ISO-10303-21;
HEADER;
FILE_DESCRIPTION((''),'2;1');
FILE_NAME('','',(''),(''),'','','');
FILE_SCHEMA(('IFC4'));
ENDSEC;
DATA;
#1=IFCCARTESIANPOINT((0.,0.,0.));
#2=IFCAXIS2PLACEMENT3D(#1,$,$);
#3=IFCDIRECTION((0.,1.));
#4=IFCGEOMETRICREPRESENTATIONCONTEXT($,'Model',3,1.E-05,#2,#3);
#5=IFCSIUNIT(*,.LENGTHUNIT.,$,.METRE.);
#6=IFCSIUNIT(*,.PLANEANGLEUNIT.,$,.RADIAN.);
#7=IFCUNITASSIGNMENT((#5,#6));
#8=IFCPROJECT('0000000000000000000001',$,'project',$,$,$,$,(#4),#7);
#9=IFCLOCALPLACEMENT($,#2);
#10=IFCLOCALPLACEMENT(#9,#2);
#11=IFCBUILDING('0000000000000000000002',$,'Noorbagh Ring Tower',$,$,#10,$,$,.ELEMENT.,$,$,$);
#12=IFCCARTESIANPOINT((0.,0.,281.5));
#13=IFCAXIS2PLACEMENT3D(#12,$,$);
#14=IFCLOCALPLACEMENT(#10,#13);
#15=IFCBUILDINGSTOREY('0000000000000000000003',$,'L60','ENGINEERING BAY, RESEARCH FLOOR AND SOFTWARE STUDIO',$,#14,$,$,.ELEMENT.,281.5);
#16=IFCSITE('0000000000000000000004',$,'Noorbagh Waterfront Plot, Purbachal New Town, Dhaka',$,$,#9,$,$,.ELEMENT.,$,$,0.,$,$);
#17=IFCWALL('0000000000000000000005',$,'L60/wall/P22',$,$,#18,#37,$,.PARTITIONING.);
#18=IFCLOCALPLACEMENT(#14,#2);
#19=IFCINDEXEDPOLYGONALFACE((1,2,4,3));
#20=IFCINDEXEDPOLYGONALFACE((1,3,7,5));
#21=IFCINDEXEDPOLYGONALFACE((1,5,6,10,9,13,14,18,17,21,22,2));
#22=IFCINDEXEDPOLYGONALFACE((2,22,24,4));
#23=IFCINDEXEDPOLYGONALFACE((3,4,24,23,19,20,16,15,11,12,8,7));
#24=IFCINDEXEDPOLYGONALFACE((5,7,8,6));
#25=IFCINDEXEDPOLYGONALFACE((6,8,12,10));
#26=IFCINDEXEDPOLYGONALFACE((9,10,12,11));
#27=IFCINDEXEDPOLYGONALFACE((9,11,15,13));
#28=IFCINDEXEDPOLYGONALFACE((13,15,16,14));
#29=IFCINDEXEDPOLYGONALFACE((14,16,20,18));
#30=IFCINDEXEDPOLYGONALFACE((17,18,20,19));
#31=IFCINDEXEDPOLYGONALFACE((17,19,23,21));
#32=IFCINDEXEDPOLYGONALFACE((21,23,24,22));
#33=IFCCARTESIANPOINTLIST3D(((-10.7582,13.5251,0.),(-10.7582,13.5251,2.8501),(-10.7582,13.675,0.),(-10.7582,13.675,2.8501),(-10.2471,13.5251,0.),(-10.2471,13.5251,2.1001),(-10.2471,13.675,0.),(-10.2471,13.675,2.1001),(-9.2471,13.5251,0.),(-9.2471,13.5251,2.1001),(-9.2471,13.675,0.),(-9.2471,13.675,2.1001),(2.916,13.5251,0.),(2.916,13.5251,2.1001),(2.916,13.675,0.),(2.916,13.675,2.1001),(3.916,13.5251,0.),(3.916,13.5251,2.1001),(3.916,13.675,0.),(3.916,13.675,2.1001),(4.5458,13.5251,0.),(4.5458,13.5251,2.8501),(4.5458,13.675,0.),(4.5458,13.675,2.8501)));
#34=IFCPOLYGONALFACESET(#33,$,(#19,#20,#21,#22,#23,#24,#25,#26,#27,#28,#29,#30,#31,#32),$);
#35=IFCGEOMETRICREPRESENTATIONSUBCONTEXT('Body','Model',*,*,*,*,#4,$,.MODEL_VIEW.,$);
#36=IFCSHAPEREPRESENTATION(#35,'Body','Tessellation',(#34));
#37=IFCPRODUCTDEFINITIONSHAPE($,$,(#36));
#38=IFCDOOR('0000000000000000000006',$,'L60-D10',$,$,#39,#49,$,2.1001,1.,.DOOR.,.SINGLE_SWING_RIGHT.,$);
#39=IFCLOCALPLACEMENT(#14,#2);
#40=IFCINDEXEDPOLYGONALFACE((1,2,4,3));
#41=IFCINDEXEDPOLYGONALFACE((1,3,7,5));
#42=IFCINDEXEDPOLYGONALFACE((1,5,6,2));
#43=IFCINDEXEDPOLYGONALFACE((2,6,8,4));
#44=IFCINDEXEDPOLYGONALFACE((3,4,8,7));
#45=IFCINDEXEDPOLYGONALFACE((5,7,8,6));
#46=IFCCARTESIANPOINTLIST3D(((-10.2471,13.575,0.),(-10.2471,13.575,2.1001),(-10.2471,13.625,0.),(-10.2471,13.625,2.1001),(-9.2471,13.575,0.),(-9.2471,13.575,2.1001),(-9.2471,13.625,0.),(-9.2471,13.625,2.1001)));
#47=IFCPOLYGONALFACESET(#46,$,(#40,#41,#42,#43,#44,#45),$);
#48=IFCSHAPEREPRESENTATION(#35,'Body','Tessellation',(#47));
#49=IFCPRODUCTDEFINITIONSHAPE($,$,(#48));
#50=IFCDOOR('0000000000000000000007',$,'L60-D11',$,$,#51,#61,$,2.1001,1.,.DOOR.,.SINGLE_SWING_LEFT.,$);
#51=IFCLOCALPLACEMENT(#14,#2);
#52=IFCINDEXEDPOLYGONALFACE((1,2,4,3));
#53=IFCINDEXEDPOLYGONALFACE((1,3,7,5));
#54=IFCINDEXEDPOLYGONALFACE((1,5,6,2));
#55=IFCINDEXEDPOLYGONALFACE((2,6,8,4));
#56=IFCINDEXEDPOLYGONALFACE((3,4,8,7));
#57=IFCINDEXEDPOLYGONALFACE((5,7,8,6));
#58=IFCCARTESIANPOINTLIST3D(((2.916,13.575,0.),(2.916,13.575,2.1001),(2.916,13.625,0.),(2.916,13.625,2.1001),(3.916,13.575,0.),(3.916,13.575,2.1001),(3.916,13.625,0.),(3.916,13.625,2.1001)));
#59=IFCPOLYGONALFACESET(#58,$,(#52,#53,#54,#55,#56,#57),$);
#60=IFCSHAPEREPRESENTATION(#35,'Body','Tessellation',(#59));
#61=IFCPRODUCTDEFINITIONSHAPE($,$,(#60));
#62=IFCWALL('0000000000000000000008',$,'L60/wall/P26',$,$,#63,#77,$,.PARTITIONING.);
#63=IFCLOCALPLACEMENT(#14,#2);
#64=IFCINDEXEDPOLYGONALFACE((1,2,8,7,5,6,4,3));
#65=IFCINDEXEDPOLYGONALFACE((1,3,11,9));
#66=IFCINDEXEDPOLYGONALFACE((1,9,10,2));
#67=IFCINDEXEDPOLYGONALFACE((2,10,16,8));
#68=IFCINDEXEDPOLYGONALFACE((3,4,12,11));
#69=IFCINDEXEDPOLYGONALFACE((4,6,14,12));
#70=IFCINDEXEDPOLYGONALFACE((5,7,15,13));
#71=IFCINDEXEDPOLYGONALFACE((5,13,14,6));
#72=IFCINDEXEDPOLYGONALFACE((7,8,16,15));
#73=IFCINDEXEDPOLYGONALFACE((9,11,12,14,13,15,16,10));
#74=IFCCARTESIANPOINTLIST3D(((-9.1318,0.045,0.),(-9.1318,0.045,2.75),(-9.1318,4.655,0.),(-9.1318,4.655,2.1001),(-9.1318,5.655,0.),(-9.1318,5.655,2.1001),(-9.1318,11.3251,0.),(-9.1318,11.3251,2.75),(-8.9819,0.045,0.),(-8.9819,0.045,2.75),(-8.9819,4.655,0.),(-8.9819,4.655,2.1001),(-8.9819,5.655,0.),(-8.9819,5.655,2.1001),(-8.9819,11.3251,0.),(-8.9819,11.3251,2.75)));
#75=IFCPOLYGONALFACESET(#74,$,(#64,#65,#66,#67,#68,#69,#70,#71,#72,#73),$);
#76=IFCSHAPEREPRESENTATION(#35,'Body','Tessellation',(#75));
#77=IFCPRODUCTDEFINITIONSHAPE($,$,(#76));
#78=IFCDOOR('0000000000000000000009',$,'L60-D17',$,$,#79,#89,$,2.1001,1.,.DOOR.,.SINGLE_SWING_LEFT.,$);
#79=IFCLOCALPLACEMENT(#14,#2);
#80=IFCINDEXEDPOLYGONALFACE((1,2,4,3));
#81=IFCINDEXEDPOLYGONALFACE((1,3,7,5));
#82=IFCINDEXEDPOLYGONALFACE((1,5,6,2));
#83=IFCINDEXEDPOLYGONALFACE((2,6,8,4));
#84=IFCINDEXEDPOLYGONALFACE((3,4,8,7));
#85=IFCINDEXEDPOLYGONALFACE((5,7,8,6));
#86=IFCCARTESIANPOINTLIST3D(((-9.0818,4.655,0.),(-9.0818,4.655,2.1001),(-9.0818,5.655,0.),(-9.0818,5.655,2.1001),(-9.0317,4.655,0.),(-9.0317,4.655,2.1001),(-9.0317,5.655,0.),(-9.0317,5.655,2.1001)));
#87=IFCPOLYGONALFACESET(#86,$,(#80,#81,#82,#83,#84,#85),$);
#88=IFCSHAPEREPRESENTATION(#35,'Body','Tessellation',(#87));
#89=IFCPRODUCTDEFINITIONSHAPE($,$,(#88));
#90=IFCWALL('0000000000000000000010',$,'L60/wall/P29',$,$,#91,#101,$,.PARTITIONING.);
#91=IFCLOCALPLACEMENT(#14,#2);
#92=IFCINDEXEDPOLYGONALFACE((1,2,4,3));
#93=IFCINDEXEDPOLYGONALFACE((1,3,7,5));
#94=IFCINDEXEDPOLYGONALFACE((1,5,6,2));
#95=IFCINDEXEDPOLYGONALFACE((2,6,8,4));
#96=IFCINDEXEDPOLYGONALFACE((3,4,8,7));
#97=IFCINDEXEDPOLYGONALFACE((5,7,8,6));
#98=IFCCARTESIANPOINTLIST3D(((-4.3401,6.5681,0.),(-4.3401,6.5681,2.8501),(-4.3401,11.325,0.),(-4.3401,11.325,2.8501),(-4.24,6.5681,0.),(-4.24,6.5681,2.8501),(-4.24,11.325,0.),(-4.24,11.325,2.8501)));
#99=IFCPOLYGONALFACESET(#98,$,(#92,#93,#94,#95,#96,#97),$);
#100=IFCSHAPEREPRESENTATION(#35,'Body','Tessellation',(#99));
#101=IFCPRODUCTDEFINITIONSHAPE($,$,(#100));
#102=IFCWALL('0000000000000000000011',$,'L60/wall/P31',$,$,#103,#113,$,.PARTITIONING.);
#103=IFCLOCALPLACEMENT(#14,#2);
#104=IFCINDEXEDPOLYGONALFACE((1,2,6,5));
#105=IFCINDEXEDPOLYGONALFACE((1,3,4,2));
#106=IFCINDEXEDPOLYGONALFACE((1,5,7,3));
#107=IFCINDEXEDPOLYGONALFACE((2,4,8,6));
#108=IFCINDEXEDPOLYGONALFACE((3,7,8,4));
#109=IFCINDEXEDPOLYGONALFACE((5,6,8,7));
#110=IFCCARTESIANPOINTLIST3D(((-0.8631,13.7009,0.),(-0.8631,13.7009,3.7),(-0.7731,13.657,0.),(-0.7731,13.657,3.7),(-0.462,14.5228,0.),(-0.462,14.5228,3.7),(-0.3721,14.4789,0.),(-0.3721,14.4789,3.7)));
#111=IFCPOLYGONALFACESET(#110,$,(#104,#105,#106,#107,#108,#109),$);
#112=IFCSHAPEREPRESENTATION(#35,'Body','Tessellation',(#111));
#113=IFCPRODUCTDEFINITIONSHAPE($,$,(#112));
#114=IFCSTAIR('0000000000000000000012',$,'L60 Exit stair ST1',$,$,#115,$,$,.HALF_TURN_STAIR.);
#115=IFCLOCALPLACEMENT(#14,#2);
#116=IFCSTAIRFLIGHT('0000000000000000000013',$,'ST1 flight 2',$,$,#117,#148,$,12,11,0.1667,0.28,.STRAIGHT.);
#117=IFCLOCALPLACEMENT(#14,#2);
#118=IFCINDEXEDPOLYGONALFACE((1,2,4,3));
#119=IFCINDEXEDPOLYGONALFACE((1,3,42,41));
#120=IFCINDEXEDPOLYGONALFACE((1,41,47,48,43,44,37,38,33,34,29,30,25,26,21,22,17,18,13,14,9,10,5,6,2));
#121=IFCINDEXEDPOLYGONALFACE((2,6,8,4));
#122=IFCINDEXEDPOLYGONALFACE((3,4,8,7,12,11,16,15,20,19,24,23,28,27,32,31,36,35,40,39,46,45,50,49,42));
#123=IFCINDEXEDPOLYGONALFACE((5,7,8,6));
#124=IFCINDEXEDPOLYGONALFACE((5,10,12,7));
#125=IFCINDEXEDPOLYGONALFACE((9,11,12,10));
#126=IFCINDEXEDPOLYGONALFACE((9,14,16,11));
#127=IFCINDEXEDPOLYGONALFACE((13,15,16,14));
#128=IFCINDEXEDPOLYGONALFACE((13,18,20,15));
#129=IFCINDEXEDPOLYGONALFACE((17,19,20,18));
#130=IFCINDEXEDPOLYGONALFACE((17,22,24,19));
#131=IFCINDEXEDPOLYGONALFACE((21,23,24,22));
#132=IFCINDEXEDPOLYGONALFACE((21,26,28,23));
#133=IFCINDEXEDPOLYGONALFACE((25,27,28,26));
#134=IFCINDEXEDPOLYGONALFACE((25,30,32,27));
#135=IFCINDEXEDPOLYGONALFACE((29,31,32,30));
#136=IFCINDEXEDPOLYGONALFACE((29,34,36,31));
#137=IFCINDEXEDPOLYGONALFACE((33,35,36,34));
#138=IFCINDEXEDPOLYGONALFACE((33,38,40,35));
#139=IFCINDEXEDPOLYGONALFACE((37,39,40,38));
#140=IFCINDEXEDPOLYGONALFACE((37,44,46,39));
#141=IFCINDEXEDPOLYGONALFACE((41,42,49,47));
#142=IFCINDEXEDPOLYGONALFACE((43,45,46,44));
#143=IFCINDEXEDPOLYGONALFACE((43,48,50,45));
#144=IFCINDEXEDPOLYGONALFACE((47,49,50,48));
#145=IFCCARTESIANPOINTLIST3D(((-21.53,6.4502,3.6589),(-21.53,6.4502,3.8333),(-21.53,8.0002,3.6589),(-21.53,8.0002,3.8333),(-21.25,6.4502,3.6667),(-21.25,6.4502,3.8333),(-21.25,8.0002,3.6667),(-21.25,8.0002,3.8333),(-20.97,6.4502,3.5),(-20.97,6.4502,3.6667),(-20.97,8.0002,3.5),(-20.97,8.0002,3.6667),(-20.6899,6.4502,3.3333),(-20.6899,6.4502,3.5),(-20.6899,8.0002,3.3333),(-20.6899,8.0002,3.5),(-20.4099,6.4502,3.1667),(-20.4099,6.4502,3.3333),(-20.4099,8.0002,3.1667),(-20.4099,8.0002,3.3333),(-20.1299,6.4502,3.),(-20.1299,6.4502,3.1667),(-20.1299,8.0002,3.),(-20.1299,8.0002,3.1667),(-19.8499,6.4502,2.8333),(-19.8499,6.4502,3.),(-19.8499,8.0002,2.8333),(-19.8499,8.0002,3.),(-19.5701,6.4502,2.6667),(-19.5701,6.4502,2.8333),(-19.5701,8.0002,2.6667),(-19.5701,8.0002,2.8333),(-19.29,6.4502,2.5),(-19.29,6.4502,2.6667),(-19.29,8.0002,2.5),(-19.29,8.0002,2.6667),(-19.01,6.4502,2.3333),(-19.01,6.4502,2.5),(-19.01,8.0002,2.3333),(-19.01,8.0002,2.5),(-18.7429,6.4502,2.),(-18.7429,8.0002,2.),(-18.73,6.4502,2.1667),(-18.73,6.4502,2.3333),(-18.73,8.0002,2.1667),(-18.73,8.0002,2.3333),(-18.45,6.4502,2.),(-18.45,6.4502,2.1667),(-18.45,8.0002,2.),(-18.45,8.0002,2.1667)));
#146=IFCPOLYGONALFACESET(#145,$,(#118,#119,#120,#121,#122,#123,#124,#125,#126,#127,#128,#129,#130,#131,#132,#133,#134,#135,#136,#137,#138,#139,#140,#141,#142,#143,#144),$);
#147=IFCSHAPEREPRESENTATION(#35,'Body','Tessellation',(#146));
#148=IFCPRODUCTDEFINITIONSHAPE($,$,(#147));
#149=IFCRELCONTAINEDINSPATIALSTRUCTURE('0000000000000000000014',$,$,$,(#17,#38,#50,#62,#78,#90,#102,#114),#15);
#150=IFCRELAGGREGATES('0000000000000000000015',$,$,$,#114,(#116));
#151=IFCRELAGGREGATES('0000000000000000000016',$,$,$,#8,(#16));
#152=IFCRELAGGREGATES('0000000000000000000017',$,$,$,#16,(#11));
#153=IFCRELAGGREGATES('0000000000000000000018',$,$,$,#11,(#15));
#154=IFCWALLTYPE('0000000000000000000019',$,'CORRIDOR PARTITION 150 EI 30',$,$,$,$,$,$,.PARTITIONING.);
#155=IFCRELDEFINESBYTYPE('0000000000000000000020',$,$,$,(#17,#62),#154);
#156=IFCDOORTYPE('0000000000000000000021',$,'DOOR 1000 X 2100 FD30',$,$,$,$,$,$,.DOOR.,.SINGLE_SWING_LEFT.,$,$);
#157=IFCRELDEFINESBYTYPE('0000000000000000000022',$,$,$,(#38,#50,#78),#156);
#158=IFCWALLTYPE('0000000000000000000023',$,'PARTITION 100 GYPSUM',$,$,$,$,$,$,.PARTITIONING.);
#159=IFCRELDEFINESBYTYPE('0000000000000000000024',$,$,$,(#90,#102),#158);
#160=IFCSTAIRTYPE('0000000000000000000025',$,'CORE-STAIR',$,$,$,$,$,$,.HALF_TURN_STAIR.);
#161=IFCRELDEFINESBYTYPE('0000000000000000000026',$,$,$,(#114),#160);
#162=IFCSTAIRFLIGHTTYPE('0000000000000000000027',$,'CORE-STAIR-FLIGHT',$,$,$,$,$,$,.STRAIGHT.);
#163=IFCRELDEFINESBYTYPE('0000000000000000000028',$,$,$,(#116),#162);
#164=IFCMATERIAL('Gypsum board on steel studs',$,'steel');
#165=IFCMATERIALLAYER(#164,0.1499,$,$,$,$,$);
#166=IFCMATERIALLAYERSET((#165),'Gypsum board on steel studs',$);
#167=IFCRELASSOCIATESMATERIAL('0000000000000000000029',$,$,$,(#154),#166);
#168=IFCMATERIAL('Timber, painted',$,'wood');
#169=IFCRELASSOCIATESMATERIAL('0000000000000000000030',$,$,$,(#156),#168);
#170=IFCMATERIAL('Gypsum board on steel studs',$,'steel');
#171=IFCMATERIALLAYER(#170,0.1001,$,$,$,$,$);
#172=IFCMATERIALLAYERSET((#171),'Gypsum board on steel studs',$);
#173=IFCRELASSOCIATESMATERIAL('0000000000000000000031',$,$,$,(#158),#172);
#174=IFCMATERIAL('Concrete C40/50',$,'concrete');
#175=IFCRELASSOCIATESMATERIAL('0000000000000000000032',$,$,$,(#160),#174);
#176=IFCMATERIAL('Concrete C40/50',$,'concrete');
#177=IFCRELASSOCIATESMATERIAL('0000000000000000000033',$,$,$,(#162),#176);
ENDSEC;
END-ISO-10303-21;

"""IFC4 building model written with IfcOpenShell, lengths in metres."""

from ifc_helpers import new_model, si_unit, direction, frame, frame_2d, origin, place, context, subcontext, project, spatial, polyline, rectangle, outline, extrude, material, layer, layer_set, type_object, element, fill, aggregate, save


model = new_model("IFC4")

# Units and contexts
model_context = context("Model", 3, precision=1e-05, world=origin(), true_north=direction((0.0, 1.0)))
body_context = subcontext(model_context, "Body", "Model", "MODEL_VIEW")
ifc_project = project(units=[si_unit("LENGTHUNIT", "METRE"), si_unit("PLANEANGLEUNIT", "RADIAN")], contexts=[model_context])

# Site, building, storey
site_placement = place(None, origin())
site = spatial("IfcSite", under=ifc_project, at=site_placement, Name="Noorbagh Waterfront Plot, Purbachal New Town, Dhaka", CompositionType="ELEMENT", RefElevation=0.0)
building_placement = place(site_placement, origin())
building = spatial("IfcBuilding", under=site, at=building_placement, Name="Noorbagh Ring Tower", CompositionType="ELEMENT")
storey_placement = place(building_placement, frame((0.0, 0.0, 281.5)))
storey = spatial("IfcBuildingStorey", under=building, at=storey_placement, Name="L60", Description="ENGINEERING BAY, RESEARCH FLOOR AND SOFTWARE STUDIO", CompositionType="ELEMENT", Elevation=281.5)

# Wall, openings, doors
ifc_material_1 = material(Name="Gypsum board on steel studs", Category="steel")
ifc_layer_1 = layer(ifc_material_1, 0.1499)
ifc_layer_set_1 = layer_set([ifc_layer_1], Name="Gypsum board on steel studs")
wall_type_1 = type_object("IfcWallType", Name="CORRIDOR PARTITION 150 EI 30", PredefinedType="PARTITIONING", material=ifc_layer_set_1)
ifc_material_2 = material(Name="Timber, painted", Category="wood")
door_type_1 = type_object("IfcDoorType", Name="DOOR 1000 X 2100 FD30", OperationType="SINGLE_SWING_LEFT", PredefinedType="DOOR", material=ifc_material_2)
wall_1_placement = place(storey_placement, frame((-10.7581, 13.6001, 0.0), z_axis=(0.0, 0.0, 1.0), x_axis=(1.0, 0.0, 0.0)))
wall_1 = element("IfcWall", 1, at=wall_1_placement, inside=storey, type_object=wall_type_1, Name="L60/wall/P22", PredefinedType="PARTITIONING", context=body_context, shape_type="SweptSolid", body=[
    extrude(rectangle(XDim=15.304, YDim=0.1499, at=frame_2d((7.6519, 0.0))), origin(), (0.0, 0.0, 1.0), 2.8501),
])
opening_1_placement = place(wall_1_placement, frame((0.511, 0.0, 0.0)))
opening_1 = element("IfcOpeningElement", 2, at=opening_1_placement, cuts=wall_1, PredefinedType="OPENING", context=body_context, shape_type="SweptSolid", body=[
    extrude(rectangle(XDim=1.0, YDim=2.1001, at=frame_2d((0.5, 1.05))), frame((0.0, 0.085, 0.0), z_axis=(0.0, -1.0, 0.0), x_axis=(1.0, 0.0, 0.0)), (0.0, 0.0, 1.0), 0.1699),
])
opening_2_placement = place(wall_1_placement, frame((13.6741, 0.0, 0.0)))
opening_2 = element("IfcOpeningElement", 3, at=opening_2_placement, cuts=wall_1, PredefinedType="OPENING", context=body_context, shape_type="SweptSolid", body=[
    extrude(rectangle(XDim=1.0, YDim=2.1001, at=frame_2d((0.5, 1.05))), frame((0.0, 0.085, 0.0), z_axis=(0.0, -1.0, 0.0), x_axis=(1.0, 0.0, 0.0)), (0.0, 0.0, 1.0), 0.1699),
])
door_1_placement = place(opening_1_placement, origin())
door_1 = element("IfcDoor", 4, at=door_1_placement, inside=storey, type_object=door_type_1, Name="L60-D10", OperationType="SINGLE_SWING_RIGHT", OverallHeight=2.1001, OverallWidth=1.0, PredefinedType="DOOR", context=body_context, shape_type="SweptSolid", body=[
    extrude(rectangle(XDim=1.0, YDim=2.1001, at=frame_2d((0.5, 1.05))), frame((0.0, 0.0249, 0.0), z_axis=(0.0, -1.0, 0.0), x_axis=(1.0, 0.0, 0.0)), (0.0, 0.0, 1.0), 0.05),
])
fill(opening_1, door_1)
door_2_placement = place(opening_2_placement, origin())
door_2 = element("IfcDoor", 5, at=door_2_placement, inside=storey, type_object=door_type_1, Name="L60-D11", OperationType="SINGLE_SWING_LEFT", OverallHeight=2.1001, OverallWidth=1.0, PredefinedType="DOOR", context=body_context, shape_type="SweptSolid", body=[
    extrude(rectangle(XDim=1.0, YDim=2.1001, at=frame_2d((0.5, 1.05))), frame((0.0, 0.0249, 0.0), z_axis=(0.0, -1.0, 0.0), x_axis=(1.0, 0.0, 0.0)), (0.0, 0.0, 1.0), 0.05),
])
fill(opening_2, door_2)

# Wall, opening, door
wall_2_placement = place(storey_placement, frame((-9.0569, 0.0449, 0.0), z_axis=(0.0, 0.0, 1.0), x_axis=(0.0, 1.0, 0.0)))
wall_2 = element("IfcWall", 6, at=wall_2_placement, inside=storey, type_object=wall_type_1, Name="L60/wall/P26", PredefinedType="PARTITIONING", context=body_context, shape_type="SweptSolid", body=[
    extrude(rectangle(XDim=11.28, YDim=0.1499, at=frame_2d((5.6401, 0.0))), origin(), (0.0, 0.0, 1.0), 2.75),
])
opening_3_placement = place(wall_2_placement, frame((4.6101, 0.0, 0.0)))
opening_3 = element("IfcOpeningElement", 7, at=opening_3_placement, cuts=wall_2, PredefinedType="OPENING", context=body_context, shape_type="SweptSolid", body=[
    extrude(rectangle(XDim=1.0, YDim=2.1001, at=frame_2d((0.5, 1.05))), frame((0.0, 0.085, 0.0), z_axis=(0.0, -1.0, 0.0), x_axis=(1.0, 0.0, 0.0)), (0.0, 0.0, 1.0), 0.1699),
])
door_3_placement = place(opening_3_placement, origin())
door_3 = element("IfcDoor", 8, at=door_3_placement, inside=storey, type_object=door_type_1, Name="L60-D17", OperationType="SINGLE_SWING_LEFT", OverallHeight=2.1001, OverallWidth=1.0, PredefinedType="DOOR", context=body_context, shape_type="SweptSolid", body=[
    extrude(rectangle(XDim=1.0, YDim=2.1001, at=frame_2d((0.5, 1.05))), frame((0.0, 0.0249, 0.0), z_axis=(0.0, -1.0, 0.0), x_axis=(1.0, 0.0, 0.0)), (0.0, 0.0, 1.0), 0.05),
])
fill(opening_3, door_3)

# Walls
ifc_material_3 = material(Name="Gypsum board on steel studs", Category="steel")
ifc_layer_2 = layer(ifc_material_3, 0.1001)
ifc_layer_set_2 = layer_set([ifc_layer_2], Name="Gypsum board on steel studs")
wall_type_2 = type_object("IfcWallType", Name="PARTITION 100 GYPSUM", PredefinedType="PARTITIONING", material=ifc_layer_set_2)
wall_3_placement = place(storey_placement, frame((-4.29, 6.5681, 0.0), z_axis=(0.0, 0.0, 1.0), x_axis=(0.0, 1.0, 0.0)))
element("IfcWall", 9, at=wall_3_placement, inside=storey, type_object=wall_type_2, Name="L60/wall/P29", PredefinedType="PARTITIONING", context=body_context, shape_type="SweptSolid", body=[
    extrude(rectangle(XDim=4.7568, YDim=0.1001, at=frame_2d((2.3784, 0.0))), origin(), (0.0, 0.0, 1.0), 2.8501),
])
wall_4_placement = place(storey_placement, frame((-0.8181, 13.679, 0.0), z_axis=(0.0, 0.0, 1.0), x_axis=(0.438545, 0.898709, 0.0)))
element("IfcWall", 10, at=wall_4_placement, inside=storey, type_object=wall_type_2, Name="L60/wall/P31", PredefinedType="PARTITIONING", context=body_context, shape_type="SweptSolid", body=[
    extrude(rectangle(XDim=0.9146, YDim=0.1001, at=frame_2d((0.4573, 0.0))), origin(), (0.0, 0.0, 1.0), 3.7),
])

# Stair, stair flight
ifc_material_4 = material(Name="Concrete C40/50", Category="concrete")
stair_type = type_object("IfcStairType", Name="CORE-STAIR", PredefinedType="HALF_TURN_STAIR", material=ifc_material_4)
stair_placement = place(storey_placement, origin())
stair = element("IfcStair", 11, at=stair_placement, inside=storey, type_object=stair_type, Name="L60 Exit stair ST1", PredefinedType="HALF_TURN_STAIR")
ifc_material_5 = material(Name="Concrete C40/50", Category="concrete")
stair_flight_type = type_object("IfcStairFlightType", Name="CORE-STAIR-FLIGHT", PredefinedType="STRAIGHT", material=ifc_material_5)
stair_flight_placement = place(storey_placement, frame((-18.45, 7.2251, 2.0), z_axis=(0.0, 0.0, 1.0), x_axis=(-1.0, 0.0, 0.0)))
stair_flight = element("IfcStairFlight", 12, at=stair_flight_placement, type_object=stair_flight_type, Name="ST1 flight 2", NumberOfRisers=12, NumberOfTreads=11, PredefinedType="STRAIGHT", RiserHeight=0.1667, TreadLength=0.28, context=body_context, shape_type="SweptSolid", body=[
    extrude(outline(polyline([(0.0, 0.0), (0.0, 0.1667), (0.28, 0.1667), (0.28, 0.3333), (0.5601, 0.3333), (0.5601, 0.5), (0.8401, 0.5), (0.8401, 0.6667), (1.1201, 0.6667), (1.1201, 0.8333), (1.3999, 0.8333), (1.3999, 1.0), (1.6799, 1.0), (1.6799, 1.1667), (1.96, 1.1667), (1.96, 1.3333), (2.24, 1.3333), (2.24, 1.5), (2.52, 1.5), (2.52, 1.6667), (2.8, 1.6667), (2.8, 1.8333), (3.0801, 1.8333), (3.0801, 2.0), (3.0801, 1.6589), (0.293, 0.0), (0.0, 0.0)])), frame((0.0, 0.7749, 0.0), z_axis=(0.0, -1.0, 0.0), x_axis=(1.0, 0.0, 0.0)), (0.0, 0.0, 1.0), 1.55),
])
aggregate(stair, [stair_flight])

save(model, "model.ifc")
